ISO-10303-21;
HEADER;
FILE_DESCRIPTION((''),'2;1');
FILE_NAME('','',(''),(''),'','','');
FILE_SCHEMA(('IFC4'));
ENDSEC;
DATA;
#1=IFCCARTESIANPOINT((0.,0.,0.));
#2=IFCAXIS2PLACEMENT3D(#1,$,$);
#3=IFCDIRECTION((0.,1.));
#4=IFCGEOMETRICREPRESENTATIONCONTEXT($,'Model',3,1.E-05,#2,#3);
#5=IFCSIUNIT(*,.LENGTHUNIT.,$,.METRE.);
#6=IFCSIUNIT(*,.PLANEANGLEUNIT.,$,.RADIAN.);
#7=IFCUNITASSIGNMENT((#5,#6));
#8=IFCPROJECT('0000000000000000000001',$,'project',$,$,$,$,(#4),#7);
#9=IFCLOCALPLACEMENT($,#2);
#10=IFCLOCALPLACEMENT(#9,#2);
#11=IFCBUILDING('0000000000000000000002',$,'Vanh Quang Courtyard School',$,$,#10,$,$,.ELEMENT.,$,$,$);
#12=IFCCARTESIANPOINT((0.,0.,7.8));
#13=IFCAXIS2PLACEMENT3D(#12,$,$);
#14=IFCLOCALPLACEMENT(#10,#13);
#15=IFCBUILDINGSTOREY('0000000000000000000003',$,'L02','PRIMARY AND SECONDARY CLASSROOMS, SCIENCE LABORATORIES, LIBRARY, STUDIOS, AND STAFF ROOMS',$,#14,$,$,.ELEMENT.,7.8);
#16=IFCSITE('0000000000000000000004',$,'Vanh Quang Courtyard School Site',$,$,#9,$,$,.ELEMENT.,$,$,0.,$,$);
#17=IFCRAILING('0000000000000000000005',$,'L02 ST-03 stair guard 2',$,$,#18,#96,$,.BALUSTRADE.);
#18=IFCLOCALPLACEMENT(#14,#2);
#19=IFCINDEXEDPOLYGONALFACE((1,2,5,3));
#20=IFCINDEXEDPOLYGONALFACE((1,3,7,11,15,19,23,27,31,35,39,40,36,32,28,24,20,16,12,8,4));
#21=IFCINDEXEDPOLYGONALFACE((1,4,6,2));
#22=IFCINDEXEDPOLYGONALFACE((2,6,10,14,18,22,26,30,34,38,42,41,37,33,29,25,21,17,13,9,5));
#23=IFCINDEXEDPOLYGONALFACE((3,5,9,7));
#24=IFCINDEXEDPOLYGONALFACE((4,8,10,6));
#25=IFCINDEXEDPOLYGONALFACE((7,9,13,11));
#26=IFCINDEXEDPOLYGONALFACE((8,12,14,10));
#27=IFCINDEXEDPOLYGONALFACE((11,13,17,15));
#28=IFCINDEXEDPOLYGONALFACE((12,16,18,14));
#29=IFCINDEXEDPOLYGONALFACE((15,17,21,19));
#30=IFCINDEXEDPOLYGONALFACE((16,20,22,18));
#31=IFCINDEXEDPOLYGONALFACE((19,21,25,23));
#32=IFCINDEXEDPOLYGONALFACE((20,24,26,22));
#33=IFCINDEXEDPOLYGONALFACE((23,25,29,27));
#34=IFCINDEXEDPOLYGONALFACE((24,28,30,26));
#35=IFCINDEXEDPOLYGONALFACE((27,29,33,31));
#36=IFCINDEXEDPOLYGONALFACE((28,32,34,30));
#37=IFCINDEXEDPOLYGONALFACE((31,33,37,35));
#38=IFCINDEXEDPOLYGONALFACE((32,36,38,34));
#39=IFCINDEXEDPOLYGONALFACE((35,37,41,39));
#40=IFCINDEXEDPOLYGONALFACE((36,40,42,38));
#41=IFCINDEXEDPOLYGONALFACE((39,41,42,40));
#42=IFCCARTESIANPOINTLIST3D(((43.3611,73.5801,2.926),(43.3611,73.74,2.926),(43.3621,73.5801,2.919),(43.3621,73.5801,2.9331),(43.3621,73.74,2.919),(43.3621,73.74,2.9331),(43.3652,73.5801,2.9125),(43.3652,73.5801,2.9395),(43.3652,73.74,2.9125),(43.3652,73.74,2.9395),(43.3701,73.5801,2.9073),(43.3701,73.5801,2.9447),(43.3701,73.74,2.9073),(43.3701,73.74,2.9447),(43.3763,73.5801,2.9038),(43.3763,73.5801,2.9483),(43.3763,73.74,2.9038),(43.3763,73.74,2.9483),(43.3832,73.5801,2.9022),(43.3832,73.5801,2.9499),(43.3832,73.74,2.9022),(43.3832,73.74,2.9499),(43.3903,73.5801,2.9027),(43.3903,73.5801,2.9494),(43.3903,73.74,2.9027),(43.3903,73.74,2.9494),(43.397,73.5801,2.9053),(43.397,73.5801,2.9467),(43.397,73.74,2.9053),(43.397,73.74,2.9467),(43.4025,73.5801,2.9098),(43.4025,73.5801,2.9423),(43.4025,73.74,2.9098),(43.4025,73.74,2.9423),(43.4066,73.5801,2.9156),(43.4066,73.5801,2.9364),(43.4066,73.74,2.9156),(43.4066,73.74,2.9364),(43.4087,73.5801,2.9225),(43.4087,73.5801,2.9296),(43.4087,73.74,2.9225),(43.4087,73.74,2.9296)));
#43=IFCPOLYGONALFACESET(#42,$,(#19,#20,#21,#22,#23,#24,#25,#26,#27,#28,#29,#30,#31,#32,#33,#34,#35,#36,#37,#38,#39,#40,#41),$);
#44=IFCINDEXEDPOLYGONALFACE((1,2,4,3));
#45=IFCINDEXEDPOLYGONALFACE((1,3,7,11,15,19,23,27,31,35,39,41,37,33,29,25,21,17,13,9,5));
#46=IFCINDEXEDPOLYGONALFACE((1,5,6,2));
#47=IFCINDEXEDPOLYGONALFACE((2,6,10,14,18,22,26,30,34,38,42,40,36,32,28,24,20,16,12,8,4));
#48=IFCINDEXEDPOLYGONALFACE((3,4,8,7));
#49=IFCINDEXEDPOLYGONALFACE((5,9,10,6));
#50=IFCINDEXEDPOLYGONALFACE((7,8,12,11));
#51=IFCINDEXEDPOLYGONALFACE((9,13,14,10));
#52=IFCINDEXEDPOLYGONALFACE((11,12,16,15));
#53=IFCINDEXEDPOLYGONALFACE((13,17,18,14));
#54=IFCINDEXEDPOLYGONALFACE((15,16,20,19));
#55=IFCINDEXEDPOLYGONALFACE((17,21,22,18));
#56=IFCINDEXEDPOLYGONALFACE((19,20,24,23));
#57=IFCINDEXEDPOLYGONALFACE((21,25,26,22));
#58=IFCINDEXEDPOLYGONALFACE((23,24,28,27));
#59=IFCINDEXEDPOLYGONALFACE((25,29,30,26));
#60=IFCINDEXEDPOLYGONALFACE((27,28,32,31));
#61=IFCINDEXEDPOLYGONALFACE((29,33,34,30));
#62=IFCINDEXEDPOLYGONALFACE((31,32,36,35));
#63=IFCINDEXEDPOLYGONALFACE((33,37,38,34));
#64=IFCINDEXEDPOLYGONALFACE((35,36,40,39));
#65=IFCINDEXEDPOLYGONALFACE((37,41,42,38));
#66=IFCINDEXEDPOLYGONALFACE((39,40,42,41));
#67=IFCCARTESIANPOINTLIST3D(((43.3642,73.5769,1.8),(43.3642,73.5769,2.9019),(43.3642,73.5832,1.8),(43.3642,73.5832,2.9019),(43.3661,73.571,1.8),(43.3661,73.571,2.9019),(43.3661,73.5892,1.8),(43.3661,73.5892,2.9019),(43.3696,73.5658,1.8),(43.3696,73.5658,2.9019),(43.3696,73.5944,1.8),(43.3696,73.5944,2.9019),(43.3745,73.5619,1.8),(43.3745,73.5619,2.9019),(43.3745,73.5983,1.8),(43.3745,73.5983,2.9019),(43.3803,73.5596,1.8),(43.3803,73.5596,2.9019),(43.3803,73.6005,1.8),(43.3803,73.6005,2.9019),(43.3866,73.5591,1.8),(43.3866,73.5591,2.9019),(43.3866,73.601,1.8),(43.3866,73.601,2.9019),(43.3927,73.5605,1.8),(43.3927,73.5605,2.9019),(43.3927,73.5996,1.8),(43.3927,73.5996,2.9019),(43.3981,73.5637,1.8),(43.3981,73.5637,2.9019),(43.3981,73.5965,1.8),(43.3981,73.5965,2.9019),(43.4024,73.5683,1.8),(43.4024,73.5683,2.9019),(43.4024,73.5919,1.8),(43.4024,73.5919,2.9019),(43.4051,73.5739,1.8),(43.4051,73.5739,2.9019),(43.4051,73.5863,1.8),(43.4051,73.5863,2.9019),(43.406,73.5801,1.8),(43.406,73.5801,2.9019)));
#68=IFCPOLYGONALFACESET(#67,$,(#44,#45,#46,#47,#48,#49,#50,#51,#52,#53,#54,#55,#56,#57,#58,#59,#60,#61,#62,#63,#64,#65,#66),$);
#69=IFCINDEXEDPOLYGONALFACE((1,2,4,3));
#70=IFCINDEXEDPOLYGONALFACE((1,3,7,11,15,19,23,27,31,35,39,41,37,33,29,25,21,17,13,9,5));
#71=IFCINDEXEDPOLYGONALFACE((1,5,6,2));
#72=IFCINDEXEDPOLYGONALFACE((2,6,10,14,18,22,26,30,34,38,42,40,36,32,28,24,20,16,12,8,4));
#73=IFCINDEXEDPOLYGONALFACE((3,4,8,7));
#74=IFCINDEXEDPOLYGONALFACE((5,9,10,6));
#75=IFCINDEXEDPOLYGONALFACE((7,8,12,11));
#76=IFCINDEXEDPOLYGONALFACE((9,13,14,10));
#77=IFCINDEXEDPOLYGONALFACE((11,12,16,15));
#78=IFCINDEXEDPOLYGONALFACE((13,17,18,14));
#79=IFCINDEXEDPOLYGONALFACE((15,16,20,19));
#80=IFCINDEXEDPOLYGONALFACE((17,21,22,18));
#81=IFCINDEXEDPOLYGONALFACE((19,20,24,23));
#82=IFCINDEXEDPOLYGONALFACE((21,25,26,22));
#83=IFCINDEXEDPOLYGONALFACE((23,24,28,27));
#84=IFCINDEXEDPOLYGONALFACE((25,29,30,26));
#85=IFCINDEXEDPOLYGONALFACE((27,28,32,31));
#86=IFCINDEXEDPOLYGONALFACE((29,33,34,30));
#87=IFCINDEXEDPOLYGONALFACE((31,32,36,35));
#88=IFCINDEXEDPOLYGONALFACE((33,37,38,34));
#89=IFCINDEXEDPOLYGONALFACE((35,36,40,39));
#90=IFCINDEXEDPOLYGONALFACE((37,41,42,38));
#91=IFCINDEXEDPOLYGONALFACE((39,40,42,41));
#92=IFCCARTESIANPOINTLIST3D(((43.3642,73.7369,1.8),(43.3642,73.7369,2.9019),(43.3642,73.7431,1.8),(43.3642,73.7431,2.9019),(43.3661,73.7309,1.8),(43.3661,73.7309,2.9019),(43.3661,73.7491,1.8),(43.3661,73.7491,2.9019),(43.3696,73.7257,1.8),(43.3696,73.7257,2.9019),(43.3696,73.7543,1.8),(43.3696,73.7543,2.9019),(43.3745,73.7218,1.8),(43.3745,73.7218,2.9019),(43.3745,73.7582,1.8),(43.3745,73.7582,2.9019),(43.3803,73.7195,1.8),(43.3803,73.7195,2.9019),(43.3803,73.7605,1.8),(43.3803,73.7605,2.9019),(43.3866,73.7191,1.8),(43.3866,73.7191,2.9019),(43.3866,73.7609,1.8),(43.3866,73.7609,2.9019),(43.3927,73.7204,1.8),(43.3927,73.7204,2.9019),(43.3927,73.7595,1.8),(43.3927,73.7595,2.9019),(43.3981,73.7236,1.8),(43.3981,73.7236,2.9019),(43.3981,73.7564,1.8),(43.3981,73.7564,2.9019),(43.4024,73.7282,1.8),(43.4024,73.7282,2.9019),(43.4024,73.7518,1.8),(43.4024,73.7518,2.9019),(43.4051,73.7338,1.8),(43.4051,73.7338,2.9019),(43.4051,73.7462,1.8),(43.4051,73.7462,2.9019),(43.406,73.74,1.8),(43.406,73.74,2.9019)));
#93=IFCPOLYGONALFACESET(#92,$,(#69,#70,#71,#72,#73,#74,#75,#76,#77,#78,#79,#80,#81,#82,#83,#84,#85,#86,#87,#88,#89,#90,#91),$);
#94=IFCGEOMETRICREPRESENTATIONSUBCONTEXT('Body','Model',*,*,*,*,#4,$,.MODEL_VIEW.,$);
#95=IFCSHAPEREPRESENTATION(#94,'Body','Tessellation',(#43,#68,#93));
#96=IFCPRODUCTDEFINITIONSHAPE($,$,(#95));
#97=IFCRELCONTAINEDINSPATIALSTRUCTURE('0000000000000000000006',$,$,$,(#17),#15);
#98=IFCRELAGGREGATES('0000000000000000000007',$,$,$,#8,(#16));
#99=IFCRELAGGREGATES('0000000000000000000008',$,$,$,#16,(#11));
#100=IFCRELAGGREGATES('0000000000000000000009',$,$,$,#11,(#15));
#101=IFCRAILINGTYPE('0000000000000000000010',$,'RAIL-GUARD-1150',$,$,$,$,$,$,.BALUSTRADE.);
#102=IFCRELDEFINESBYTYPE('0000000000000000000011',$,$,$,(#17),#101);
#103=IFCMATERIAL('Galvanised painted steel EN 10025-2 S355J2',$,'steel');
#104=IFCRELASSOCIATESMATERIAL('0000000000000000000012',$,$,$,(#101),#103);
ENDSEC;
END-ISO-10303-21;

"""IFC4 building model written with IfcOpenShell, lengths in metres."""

from ifc_helpers import new_model, si_unit, direction, frame, origin, origin_2d, place, context, subcontext, project, spatial, circle, extrude, material, type_object, element, save


model = new_model("IFC4")

# Units and contexts
model_context = context("Model", 3, precision=1e-05, world=origin(), true_north=direction((0.0, 1.0)))
body_context = subcontext(model_context, "Body", "Model", "MODEL_VIEW")
ifc_project = project(units=[si_unit("LENGTHUNIT", "METRE"), si_unit("PLANEANGLEUNIT", "RADIAN")], contexts=[model_context])

# Site, building, storey
site_placement = place(None, origin())
site = spatial("IfcSite", under=ifc_project, at=site_placement, Name="Vanh Quang Courtyard School Site", CompositionType="ELEMENT", RefElevation=0.0)
building_placement = place(site_placement, origin())
building = spatial("IfcBuilding", under=site, at=building_placement, Name="Vanh Quang Courtyard School", CompositionType="ELEMENT")
storey_placement = place(building_placement, frame((0.0, 0.0, 7.8)))
storey = spatial("IfcBuildingStorey", under=building, at=storey_placement, Name="L02", Description="PRIMARY AND SECONDARY CLASSROOMS, SCIENCE LABORATORIES, LIBRARY, STUDIOS, AND STAFF ROOMS", CompositionType="ELEMENT", Elevation=7.8)

# Railing
ifc_material_1 = material(Name="Galvanised painted steel EN 10025-2 S355J2", Category="steel")
railing_type_1 = type_object("IfcRailingType", Name="RAIL-GUARD-1150", PredefinedType="BALUSTRADE", material=ifc_material_1)
railing_1_placement = place(storey_placement, frame((43.385, 73.5801, 1.8)))
element("IfcRailing", 1, at=railing_1_placement, inside=storey, type_object=railing_type_1, Name="L02 ST-03 stair guard 2", PredefinedType="BALUSTRADE", context=body_context, shape_type="SweptSolid", body=[
    extrude(circle(Radius=0.0239, at=origin_2d()), frame((0.0, 0.0, 1.126), z_axis=(0.0, 1.0, 0.0), x_axis=(-1.0, 0.0, 0.0)), (0.0, 0.0, 1.0), 0.1599),
    extrude(circle(Radius=0.021, at=origin_2d()), origin(), (0.0, 0.0, 1.0), 1.1018),
    extrude(circle(Radius=0.021, at=origin_2d()), frame((0.0, 0.1599, 0.0)), (0.0, 0.0, 1.0), 1.1018),
])

save(model, "model.ifc")
